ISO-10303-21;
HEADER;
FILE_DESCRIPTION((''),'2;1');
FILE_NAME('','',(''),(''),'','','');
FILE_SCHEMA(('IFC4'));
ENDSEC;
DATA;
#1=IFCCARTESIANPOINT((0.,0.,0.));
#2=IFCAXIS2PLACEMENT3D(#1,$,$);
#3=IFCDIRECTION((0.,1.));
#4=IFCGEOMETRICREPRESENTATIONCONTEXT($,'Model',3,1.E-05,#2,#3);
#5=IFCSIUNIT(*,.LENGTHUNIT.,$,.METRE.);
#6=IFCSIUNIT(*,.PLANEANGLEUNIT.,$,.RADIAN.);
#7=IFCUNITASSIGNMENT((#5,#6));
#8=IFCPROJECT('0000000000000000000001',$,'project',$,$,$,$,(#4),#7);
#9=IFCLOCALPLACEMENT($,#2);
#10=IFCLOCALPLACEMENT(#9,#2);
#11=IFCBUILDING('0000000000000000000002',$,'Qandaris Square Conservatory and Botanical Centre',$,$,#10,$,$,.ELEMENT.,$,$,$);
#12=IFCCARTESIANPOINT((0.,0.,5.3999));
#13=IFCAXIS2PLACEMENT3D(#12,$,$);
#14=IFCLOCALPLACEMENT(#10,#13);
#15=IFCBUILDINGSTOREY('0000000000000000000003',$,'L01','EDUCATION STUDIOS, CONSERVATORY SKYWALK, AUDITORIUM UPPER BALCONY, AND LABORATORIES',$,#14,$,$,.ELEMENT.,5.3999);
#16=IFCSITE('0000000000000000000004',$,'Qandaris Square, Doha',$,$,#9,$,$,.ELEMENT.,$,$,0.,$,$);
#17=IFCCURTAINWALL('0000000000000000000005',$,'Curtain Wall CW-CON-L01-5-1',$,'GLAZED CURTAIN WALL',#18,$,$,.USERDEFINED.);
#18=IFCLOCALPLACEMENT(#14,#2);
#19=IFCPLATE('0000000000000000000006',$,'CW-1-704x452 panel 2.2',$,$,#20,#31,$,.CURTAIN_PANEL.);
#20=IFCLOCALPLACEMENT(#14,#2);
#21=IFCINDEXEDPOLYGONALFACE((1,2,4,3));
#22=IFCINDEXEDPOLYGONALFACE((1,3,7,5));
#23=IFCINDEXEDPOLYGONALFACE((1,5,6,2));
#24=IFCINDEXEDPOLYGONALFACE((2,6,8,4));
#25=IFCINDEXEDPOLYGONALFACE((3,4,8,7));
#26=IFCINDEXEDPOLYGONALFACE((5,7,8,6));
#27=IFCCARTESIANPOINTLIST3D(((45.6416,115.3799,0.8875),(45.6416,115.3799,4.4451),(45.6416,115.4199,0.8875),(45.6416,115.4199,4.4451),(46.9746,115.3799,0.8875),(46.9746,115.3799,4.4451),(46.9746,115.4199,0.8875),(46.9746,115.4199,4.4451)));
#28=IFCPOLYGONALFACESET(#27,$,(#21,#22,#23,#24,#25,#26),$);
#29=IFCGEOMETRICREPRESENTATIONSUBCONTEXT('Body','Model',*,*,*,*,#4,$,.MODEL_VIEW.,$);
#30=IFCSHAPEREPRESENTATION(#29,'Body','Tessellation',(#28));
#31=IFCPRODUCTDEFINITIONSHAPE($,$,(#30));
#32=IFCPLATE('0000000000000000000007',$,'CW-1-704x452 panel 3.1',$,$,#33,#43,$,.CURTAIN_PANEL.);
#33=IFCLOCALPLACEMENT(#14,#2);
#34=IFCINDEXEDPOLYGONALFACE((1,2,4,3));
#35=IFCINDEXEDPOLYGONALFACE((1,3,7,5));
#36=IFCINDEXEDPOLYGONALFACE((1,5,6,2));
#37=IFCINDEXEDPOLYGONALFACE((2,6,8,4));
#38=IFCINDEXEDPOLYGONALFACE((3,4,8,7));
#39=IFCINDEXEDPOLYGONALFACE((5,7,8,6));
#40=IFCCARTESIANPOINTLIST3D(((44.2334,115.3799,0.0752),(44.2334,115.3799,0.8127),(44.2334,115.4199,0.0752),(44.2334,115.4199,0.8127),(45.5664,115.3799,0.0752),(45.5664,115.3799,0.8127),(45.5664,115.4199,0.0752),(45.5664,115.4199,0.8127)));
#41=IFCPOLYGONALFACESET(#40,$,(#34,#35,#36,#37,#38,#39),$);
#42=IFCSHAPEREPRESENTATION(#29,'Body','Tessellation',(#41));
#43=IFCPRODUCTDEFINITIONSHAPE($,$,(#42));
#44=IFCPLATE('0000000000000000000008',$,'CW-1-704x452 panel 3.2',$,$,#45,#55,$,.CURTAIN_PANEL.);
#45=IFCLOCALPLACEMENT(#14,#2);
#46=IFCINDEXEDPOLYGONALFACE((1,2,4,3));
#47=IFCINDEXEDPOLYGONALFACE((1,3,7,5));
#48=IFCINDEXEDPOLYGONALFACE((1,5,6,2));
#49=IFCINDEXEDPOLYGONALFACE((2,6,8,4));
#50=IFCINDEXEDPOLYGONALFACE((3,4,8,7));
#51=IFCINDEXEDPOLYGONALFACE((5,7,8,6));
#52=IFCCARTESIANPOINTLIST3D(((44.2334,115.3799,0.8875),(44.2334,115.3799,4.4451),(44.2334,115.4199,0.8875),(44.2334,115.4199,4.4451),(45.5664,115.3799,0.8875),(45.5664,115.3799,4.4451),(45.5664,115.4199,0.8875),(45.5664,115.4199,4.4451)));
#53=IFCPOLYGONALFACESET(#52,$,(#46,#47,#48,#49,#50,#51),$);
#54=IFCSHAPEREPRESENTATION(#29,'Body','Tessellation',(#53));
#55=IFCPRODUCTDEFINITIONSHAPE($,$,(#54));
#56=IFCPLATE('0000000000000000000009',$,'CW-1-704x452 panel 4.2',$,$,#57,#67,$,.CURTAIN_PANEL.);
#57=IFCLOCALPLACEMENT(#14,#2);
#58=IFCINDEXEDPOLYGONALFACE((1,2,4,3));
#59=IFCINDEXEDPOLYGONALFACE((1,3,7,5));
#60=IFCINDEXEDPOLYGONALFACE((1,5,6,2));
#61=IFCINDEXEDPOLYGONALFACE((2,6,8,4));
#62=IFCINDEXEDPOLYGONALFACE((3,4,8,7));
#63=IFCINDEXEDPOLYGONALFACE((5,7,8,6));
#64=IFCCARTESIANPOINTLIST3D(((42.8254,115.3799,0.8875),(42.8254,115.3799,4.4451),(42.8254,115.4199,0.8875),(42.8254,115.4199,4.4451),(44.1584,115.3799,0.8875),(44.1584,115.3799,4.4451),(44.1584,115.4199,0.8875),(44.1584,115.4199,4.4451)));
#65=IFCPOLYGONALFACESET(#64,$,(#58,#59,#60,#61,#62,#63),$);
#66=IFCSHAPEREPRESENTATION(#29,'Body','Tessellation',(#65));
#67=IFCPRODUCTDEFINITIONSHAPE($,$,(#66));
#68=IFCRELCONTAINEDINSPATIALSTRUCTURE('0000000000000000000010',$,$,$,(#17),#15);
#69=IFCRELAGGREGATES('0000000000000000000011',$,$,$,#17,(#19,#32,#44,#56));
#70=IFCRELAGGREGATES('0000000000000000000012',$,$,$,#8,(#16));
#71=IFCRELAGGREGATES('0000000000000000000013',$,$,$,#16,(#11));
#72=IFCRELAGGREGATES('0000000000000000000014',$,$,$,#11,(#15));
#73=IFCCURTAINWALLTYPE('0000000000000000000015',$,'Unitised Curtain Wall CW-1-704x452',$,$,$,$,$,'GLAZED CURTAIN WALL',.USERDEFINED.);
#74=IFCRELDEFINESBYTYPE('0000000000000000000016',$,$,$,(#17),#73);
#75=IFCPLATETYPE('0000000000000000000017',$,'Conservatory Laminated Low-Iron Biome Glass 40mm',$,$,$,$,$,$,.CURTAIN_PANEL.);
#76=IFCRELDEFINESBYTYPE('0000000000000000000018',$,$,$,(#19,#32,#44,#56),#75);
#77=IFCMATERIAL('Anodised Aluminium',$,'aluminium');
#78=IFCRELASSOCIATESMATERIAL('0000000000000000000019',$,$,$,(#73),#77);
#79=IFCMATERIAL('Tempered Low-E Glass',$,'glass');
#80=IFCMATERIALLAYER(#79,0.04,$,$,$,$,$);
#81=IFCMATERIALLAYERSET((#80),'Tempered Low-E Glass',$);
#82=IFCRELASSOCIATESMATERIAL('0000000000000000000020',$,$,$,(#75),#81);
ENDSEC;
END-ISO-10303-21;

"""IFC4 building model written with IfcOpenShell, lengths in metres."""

from ifc_helpers import new_model, si_unit, direction, frame, origin, origin_2d, place, context, subcontext, project, spatial, rectangle, extrude, material, layer, layer_set, type_object, element, aggregate, save


model = new_model("IFC4")

# Units and contexts
model_context = context("Model", 3, precision=1e-05, world=origin(), true_north=direction((0.0, 1.0)))
body_context = subcontext(model_context, "Body", "Model", "MODEL_VIEW")
ifc_project = project(units=[si_unit("LENGTHUNIT", "METRE"), si_unit("PLANEANGLEUNIT", "RADIAN")], contexts=[model_context])

# Site, building, storey
site_placement = place(None, origin())
site = spatial("IfcSite", under=ifc_project, at=site_placement, Name="Qandaris Square, Doha", CompositionType="ELEMENT", RefElevation=0.0)
building_placement = place(site_placement, origin())
building = spatial("IfcBuilding", under=site, at=building_placement, Name="Qandaris Square Conservatory and Botanical Centre", CompositionType="ELEMENT")
storey_placement = place(building_placement, frame((0.0, 0.0, 5.3999)))
storey = spatial("IfcBuildingStorey", under=building, at=storey_placement, Name="L01", Description="EDUCATION STUDIOS, CONSERVATORY SKYWALK, AUDITORIUM UPPER BALCONY, AND LABORATORIES", CompositionType="ELEMENT", Elevation=5.3999)

# Curtain wall
ifc_material_1 = material(Name="Anodised Aluminium", Category="aluminium")
curtain_wall_type_1 = type_object("IfcCurtainWallType", Name="Unitised Curtain Wall CW-1-704x452", ElementType="GLAZED CURTAIN WALL", PredefinedType="USERDEFINED", material=ifc_material_1)
curtain_wall_1_placement = place(storey_placement, origin())
curtain_wall_1 = element("IfcCurtainWall", 1, at=curtain_wall_1_placement, inside=storey, type_object=curtain_wall_type_1, Name="Curtain Wall CW-CON-L01-5-1", ObjectType="GLAZED CURTAIN WALL", PredefinedType="USERDEFINED")

# Plates
ifc_material_2 = material(Name="Tempered Low-E Glass", Category="glass")
ifc_layer = layer(ifc_material_2, 0.04)
ifc_layer_set = layer_set([ifc_layer], Name="Tempered Low-E Glass")
plate_type = type_object("IfcPlateType", Name="Conservatory Laminated Low-Iron Biome Glass 40mm", PredefinedType="CURTAIN_PANEL", material=ifc_layer_set)
plate_1_placement = place(storey_placement, frame((46.3081, 115.3999, 0.8875), z_axis=(0.0, 0.0, 1.0), x_axis=(-1.0, 0.0, 0.0)))
plate_1 = element("IfcPlate", 2, at=plate_1_placement, type_object=plate_type, Name="CW-1-704x452 panel 2.2", PredefinedType="CURTAIN_PANEL", context=body_context, shape_type="SweptSolid", body=[
    extrude(rectangle(XDim=1.333, YDim=0.04, at=origin_2d()), origin(), (0.0, 0.0, 1.0), 3.5576),
])
plate_2_placement = place(storey_placement, frame((44.8999, 115.3999, 0.0752), z_axis=(0.0, 0.0, 1.0), x_axis=(-1.0, 0.0, 0.0)))
plate_2 = element("IfcPlate", 3, at=plate_2_placement, type_object=plate_type, Name="CW-1-704x452 panel 3.1", PredefinedType="CURTAIN_PANEL", context=body_context, shape_type="SweptSolid", body=[
    extrude(rectangle(XDim=1.333, YDim=0.04, at=origin_2d()), origin(), (0.0, 0.0, 1.0), 0.7375),
])
plate_3_placement = place(storey_placement, frame((44.8999, 115.3999, 0.8875), z_axis=(0.0, 0.0, 1.0), x_axis=(-1.0, 0.0, 0.0)))
plate_3 = element("IfcPlate", 4, at=plate_3_placement, type_object=plate_type, Name="CW-1-704x452 panel 3.2", PredefinedType="CURTAIN_PANEL", context=body_context, shape_type="SweptSolid", body=[
    extrude(rectangle(XDim=1.333, YDim=0.04, at=origin_2d()), origin(), (0.0, 0.0, 1.0), 3.5576),
])
plate_4_placement = place(storey_placement, frame((43.4919, 115.3999, 0.8875), z_axis=(0.0, 0.0, 1.0), x_axis=(-1.0, 0.0, 0.0)))
plate_4 = element("IfcPlate", 5, at=plate_4_placement, type_object=plate_type, Name="CW-1-704x452 panel 4.2", PredefinedType="CURTAIN_PANEL", context=body_context, shape_type="SweptSolid", body=[
    extrude(rectangle(XDim=1.333, YDim=0.04, at=origin_2d()), origin(), (0.0, 0.0, 1.0), 3.5576),
])
aggregate(curtain_wall_1, [plate_1, plate_2, plate_3, plate_4])

save(model, "model.ifc")
